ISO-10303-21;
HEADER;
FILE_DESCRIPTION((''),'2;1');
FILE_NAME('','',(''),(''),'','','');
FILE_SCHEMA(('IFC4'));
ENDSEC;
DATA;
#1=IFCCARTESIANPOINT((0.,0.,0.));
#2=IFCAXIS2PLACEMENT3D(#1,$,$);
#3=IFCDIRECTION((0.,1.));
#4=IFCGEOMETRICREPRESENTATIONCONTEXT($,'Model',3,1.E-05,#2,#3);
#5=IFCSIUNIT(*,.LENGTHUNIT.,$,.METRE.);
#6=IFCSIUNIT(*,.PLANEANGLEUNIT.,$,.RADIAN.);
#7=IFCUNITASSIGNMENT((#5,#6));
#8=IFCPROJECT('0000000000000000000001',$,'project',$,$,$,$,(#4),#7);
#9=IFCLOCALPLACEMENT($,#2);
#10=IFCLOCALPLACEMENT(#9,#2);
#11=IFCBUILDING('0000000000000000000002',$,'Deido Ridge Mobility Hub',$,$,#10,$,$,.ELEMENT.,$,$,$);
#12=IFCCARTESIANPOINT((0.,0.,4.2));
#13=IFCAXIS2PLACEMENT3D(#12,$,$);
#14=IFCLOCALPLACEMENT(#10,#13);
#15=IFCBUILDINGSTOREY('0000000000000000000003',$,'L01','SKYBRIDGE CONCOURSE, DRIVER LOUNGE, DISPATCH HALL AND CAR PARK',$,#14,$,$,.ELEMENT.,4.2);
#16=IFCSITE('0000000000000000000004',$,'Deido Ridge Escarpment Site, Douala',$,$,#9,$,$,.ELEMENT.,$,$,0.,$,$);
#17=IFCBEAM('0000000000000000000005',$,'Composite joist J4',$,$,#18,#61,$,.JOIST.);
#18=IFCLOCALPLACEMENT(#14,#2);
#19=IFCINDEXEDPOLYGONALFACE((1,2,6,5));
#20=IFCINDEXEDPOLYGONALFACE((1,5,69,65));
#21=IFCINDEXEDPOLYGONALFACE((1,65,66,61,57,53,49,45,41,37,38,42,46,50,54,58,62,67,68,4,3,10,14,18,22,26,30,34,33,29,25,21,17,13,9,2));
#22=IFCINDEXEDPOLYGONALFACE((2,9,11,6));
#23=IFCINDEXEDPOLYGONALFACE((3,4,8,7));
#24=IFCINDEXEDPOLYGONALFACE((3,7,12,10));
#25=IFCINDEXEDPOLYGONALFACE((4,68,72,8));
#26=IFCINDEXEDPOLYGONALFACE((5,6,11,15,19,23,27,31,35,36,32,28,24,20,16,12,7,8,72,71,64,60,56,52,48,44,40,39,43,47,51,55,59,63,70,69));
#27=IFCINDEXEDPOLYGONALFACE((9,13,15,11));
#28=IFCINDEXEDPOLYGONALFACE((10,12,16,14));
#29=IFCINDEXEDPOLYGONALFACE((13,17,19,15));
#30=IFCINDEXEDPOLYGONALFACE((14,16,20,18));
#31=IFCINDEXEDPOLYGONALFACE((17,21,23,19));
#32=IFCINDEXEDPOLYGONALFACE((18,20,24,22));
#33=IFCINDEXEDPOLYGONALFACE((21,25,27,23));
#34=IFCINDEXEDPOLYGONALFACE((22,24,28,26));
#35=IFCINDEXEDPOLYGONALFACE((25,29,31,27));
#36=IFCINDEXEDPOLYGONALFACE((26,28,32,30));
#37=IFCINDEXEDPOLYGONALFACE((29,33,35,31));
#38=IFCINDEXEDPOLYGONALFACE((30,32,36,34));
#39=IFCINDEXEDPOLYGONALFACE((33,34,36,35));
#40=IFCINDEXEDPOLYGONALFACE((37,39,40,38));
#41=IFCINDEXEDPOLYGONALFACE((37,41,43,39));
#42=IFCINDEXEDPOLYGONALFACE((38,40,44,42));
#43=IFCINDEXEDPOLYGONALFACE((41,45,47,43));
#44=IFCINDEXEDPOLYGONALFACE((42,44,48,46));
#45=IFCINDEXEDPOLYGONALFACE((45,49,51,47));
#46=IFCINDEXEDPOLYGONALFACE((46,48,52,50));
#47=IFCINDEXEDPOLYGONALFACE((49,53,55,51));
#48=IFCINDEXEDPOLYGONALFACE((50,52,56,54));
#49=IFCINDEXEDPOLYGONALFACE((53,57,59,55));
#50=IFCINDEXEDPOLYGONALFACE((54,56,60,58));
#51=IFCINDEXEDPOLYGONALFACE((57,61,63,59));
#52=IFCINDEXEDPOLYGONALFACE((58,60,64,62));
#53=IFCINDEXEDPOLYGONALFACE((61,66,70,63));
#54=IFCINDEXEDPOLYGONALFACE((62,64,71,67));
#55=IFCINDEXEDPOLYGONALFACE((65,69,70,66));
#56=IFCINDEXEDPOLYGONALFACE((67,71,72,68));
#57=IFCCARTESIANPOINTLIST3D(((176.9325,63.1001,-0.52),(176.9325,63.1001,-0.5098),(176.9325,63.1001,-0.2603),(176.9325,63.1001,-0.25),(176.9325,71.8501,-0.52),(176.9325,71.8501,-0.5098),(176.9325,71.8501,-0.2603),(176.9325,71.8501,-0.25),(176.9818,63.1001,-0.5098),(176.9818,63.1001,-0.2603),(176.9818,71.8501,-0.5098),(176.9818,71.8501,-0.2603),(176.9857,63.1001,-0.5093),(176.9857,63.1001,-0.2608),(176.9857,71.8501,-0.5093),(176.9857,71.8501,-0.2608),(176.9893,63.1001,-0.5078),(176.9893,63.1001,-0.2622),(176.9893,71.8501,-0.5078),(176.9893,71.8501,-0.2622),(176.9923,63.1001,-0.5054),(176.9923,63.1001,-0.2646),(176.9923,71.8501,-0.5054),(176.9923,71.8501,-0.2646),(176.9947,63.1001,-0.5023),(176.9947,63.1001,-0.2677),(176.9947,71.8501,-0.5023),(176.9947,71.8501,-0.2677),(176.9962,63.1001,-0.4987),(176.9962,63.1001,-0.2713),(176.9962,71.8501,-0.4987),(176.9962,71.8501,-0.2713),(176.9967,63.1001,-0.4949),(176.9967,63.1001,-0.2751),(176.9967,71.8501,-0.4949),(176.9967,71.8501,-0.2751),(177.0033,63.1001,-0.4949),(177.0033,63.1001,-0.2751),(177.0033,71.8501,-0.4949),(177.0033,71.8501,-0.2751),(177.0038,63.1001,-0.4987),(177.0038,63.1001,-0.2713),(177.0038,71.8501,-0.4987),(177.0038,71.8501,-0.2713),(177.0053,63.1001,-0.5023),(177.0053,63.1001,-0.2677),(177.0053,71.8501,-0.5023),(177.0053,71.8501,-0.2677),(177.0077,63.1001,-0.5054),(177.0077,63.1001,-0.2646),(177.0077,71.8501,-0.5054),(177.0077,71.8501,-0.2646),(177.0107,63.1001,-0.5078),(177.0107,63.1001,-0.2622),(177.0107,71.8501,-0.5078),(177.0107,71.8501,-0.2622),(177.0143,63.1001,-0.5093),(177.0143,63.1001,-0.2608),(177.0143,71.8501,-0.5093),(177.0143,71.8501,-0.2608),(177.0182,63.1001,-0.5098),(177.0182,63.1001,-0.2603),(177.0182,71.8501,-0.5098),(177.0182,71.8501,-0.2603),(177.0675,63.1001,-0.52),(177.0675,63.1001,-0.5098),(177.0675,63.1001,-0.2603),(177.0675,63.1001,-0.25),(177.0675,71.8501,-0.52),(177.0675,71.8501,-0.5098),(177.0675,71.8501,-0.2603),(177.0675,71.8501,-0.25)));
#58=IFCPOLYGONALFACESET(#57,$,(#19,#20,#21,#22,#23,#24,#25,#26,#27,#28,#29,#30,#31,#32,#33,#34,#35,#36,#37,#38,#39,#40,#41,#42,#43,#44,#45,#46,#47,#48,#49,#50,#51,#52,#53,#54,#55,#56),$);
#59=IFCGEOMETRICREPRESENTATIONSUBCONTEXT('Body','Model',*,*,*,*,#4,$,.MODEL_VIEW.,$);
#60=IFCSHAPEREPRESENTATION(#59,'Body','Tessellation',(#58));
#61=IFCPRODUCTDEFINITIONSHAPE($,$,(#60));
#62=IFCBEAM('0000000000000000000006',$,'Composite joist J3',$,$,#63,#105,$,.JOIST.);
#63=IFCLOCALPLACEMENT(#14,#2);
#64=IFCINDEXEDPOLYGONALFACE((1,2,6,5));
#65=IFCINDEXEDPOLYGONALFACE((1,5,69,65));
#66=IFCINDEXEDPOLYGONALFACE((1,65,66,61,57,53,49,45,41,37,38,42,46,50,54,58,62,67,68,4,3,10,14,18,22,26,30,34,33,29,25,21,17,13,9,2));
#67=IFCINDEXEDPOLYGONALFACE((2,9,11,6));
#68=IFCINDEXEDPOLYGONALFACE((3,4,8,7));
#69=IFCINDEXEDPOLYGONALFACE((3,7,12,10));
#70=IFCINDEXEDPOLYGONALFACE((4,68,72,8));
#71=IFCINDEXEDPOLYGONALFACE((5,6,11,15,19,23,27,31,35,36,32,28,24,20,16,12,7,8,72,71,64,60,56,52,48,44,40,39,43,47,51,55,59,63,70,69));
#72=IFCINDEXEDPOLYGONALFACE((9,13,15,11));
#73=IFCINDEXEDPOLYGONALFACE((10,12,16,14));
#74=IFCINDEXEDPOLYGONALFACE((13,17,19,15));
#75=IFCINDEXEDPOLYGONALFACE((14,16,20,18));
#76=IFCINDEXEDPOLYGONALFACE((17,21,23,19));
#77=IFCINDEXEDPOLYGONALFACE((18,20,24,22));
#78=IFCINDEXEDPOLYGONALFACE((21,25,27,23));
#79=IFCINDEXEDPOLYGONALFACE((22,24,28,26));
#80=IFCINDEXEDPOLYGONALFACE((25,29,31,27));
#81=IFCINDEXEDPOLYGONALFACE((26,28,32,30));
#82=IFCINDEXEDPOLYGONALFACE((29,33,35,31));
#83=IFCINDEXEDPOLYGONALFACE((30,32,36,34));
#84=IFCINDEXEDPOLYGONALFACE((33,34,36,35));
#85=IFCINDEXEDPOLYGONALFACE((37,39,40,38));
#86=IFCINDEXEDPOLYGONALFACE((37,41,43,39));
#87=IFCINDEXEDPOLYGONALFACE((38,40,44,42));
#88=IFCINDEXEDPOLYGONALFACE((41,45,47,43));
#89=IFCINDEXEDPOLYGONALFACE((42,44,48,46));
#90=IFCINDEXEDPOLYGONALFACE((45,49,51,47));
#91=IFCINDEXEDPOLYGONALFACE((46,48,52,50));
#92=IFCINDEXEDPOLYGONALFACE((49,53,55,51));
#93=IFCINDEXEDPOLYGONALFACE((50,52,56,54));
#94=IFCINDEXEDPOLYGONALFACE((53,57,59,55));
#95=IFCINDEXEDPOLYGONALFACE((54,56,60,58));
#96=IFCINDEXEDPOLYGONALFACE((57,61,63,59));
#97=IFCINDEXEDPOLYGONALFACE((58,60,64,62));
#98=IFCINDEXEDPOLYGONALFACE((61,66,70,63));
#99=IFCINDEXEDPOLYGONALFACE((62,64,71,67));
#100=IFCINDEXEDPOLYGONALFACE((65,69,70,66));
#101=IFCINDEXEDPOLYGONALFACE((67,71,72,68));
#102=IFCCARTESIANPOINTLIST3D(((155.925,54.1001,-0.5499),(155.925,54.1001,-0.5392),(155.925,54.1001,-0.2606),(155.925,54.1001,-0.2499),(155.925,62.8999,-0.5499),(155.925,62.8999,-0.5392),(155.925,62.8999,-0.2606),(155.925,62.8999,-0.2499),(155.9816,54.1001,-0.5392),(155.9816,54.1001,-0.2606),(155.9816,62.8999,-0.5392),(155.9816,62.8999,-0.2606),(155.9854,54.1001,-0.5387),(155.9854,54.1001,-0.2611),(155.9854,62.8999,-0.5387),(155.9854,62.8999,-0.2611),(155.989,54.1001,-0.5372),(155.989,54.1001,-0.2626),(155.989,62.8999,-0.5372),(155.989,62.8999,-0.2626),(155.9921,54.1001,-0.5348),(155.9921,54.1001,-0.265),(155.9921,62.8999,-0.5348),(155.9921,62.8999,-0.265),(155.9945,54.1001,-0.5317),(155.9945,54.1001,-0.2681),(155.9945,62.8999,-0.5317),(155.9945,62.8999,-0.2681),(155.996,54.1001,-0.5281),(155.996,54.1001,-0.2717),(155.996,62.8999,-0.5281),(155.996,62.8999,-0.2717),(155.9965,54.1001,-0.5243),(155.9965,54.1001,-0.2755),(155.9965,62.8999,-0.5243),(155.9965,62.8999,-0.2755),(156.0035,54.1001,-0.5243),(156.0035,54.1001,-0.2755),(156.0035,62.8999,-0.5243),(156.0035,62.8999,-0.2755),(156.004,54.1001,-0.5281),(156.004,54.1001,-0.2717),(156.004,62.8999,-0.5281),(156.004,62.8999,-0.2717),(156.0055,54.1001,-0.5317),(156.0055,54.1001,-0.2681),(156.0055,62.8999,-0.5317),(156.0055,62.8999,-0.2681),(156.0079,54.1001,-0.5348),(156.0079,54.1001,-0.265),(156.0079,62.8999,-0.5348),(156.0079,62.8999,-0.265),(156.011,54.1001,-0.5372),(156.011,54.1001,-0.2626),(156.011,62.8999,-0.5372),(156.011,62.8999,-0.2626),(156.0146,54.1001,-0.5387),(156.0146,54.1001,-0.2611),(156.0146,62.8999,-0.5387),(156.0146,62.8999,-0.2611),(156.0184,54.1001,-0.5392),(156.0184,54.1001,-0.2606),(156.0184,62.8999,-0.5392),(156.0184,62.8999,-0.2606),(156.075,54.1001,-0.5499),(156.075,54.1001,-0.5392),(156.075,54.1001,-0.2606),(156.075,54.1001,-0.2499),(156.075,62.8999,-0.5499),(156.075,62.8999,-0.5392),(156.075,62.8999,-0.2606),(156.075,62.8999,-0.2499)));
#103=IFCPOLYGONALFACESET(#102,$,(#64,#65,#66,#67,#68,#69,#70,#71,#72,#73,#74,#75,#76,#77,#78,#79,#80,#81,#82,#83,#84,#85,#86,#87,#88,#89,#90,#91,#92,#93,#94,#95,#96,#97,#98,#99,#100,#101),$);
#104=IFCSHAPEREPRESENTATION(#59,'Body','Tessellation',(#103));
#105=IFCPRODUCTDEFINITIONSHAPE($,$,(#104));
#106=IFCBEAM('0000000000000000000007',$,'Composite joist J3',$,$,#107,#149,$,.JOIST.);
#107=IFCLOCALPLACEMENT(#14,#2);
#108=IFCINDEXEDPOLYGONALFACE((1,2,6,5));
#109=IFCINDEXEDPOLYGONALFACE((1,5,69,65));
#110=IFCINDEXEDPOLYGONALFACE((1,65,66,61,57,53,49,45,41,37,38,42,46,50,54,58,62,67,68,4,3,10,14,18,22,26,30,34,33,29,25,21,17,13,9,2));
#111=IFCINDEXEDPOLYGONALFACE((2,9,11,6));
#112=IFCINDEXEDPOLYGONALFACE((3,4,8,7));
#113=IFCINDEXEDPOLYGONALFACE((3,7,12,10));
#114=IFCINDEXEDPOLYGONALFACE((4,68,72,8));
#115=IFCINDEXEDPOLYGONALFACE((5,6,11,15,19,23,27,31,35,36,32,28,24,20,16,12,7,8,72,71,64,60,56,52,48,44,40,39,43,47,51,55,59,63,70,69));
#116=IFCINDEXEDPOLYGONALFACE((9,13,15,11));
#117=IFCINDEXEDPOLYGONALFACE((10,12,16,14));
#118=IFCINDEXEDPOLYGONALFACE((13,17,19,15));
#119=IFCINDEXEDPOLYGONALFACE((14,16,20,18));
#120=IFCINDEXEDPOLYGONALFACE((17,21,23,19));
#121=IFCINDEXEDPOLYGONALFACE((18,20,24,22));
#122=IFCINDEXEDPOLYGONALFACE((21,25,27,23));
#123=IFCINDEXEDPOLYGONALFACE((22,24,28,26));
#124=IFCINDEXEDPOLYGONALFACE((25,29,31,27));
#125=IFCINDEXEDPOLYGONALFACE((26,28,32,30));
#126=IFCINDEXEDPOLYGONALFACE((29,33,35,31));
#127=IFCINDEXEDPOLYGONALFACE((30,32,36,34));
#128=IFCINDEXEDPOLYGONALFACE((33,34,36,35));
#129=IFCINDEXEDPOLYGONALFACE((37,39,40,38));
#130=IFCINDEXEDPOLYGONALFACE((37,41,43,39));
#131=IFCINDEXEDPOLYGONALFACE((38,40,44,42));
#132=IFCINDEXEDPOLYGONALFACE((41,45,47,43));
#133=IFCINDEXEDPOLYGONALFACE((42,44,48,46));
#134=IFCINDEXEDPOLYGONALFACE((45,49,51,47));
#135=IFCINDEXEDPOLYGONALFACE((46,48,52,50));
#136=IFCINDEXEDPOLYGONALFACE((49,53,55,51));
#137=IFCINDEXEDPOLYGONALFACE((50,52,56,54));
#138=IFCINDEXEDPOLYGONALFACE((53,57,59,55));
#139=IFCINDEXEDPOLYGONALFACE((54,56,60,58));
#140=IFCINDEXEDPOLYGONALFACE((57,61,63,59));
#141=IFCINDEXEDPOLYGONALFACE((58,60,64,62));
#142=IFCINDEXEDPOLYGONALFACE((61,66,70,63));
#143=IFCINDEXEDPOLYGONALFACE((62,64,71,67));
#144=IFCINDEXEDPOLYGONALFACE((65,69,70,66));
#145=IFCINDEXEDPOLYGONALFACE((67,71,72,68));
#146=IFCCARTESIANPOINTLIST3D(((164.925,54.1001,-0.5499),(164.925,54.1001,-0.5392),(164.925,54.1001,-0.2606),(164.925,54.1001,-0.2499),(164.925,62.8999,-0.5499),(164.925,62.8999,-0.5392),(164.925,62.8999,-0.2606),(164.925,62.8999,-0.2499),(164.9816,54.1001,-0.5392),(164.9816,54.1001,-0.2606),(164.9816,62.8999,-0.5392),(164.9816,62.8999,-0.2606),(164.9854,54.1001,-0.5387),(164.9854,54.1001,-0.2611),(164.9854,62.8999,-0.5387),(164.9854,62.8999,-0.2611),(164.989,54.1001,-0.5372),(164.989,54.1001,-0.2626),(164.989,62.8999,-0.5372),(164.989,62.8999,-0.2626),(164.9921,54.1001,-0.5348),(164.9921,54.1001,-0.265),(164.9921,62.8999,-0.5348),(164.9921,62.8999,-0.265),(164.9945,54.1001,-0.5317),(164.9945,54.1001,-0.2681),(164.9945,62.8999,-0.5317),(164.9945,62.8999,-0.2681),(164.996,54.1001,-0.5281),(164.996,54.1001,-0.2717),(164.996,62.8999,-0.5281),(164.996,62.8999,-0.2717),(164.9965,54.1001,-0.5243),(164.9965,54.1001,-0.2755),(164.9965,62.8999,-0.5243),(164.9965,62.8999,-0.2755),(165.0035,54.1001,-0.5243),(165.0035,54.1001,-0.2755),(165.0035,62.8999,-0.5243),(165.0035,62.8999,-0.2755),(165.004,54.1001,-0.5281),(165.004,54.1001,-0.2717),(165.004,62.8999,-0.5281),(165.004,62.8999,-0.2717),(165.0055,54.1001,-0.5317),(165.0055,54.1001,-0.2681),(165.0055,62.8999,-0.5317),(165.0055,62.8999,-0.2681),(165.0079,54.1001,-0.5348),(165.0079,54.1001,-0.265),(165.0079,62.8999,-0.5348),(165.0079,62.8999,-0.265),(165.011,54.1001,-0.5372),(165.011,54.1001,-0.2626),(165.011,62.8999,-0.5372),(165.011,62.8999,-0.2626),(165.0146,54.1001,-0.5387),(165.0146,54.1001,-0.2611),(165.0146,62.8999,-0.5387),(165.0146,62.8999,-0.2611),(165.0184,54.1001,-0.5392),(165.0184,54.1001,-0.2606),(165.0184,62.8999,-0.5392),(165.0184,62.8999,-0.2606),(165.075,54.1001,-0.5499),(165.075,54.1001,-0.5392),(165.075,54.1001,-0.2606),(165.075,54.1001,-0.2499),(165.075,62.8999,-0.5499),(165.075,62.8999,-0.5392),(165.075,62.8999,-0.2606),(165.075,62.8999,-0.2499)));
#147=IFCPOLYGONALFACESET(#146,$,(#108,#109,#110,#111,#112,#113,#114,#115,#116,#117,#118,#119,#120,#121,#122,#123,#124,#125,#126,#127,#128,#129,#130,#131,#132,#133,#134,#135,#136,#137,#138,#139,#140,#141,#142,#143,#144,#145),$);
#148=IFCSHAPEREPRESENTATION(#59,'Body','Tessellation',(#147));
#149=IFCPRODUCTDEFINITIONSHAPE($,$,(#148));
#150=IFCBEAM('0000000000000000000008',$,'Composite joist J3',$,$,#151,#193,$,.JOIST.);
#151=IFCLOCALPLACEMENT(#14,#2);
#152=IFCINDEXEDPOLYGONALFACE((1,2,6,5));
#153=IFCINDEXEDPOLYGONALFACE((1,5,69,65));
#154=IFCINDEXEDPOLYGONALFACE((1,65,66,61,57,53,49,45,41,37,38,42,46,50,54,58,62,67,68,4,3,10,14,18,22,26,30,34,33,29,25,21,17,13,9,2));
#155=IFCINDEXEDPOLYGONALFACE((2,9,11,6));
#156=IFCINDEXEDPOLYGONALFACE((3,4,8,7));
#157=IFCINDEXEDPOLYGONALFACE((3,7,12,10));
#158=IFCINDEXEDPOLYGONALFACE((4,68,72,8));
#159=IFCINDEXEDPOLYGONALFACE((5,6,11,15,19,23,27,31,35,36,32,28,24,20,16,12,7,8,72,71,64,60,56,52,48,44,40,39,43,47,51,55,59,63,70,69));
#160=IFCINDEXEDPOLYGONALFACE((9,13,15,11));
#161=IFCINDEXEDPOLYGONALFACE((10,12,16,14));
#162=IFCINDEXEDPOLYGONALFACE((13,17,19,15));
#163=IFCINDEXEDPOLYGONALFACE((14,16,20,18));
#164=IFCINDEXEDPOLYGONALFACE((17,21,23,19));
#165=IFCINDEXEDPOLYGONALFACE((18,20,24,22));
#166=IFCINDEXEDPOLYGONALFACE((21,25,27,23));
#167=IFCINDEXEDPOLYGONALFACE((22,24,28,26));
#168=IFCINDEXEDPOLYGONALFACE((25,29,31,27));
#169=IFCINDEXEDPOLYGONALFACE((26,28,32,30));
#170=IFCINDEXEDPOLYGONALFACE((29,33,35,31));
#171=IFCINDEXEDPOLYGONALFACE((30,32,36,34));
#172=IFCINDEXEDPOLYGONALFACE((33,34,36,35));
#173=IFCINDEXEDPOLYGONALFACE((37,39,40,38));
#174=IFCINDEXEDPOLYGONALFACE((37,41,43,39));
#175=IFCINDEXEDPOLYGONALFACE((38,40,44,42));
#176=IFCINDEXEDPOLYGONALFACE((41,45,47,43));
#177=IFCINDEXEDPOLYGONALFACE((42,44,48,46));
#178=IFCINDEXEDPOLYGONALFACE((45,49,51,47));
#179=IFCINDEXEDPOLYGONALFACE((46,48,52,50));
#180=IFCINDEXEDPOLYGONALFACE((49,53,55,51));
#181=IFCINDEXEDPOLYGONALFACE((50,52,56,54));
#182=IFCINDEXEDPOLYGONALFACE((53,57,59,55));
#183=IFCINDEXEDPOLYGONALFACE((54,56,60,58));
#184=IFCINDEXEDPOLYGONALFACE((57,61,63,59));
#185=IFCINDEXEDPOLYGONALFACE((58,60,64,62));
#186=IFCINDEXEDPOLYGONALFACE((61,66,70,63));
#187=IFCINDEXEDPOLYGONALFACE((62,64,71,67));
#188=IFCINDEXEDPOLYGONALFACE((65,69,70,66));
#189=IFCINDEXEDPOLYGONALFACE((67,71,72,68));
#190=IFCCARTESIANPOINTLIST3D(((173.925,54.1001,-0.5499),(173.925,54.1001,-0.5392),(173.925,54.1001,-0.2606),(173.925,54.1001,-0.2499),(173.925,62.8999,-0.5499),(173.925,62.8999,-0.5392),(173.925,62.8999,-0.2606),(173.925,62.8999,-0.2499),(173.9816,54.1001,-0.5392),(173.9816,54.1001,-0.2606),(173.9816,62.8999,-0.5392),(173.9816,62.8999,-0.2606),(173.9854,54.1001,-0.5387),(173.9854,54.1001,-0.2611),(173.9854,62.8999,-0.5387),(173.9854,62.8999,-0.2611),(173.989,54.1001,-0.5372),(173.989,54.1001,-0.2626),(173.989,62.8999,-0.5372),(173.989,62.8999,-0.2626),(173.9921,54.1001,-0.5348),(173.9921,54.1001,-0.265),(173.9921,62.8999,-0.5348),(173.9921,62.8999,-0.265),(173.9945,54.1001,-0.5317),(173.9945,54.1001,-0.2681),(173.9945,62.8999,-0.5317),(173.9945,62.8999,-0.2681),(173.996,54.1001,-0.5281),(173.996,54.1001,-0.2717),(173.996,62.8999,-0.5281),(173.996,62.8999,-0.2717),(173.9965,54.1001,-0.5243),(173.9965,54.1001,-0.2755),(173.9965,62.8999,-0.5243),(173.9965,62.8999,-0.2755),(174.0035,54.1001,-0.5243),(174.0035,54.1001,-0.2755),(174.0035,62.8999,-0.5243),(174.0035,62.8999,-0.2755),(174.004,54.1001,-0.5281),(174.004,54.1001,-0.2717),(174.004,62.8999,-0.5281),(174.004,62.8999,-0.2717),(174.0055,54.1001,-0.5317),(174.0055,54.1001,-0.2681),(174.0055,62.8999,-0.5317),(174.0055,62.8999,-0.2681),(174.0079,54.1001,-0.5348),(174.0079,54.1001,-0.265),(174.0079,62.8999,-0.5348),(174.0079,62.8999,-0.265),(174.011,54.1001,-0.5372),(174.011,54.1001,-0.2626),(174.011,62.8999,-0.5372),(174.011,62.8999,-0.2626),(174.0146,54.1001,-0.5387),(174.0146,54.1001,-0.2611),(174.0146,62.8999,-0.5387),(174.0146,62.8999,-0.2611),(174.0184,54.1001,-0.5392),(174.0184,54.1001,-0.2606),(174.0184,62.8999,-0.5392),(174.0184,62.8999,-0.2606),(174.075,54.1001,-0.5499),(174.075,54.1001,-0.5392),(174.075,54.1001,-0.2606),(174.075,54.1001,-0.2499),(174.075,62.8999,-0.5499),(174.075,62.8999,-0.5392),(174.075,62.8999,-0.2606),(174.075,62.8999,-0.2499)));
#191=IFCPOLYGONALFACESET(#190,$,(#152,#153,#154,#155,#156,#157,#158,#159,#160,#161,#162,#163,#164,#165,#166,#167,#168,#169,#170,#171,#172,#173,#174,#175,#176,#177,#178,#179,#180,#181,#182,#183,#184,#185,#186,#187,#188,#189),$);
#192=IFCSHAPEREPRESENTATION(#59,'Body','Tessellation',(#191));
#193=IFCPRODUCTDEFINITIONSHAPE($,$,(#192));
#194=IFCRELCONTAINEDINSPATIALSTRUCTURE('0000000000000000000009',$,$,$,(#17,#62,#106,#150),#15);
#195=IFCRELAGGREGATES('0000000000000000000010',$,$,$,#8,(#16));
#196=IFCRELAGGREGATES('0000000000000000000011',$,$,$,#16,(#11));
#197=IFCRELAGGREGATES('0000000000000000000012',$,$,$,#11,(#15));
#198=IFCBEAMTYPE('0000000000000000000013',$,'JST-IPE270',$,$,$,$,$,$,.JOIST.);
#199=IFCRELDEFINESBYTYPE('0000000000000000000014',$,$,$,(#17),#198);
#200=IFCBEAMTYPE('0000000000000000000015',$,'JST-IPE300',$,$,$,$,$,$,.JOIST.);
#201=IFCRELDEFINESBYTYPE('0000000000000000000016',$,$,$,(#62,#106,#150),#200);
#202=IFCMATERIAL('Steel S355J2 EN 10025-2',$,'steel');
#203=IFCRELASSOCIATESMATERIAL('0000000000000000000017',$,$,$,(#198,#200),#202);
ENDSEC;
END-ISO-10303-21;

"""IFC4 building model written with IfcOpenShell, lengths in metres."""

from ifc_helpers import new_model, si_unit, direction, frame, origin, origin_2d, place, context, subcontext, project, spatial, i_section, extrude, material, material_profile, profile_set, type_object, element, save


model = new_model("IFC4")

# Units and contexts
model_context = context("Model", 3, precision=1e-05, world=origin(), true_north=direction((0.0, 1.0)))
body_context = subcontext(model_context, "Body", "Model", "MODEL_VIEW")
ifc_project = project(units=[si_unit("LENGTHUNIT", "METRE"), si_unit("PLANEANGLEUNIT", "RADIAN")], contexts=[model_context])

# Site, building, storey
site_placement = place(None, origin())
site = spatial("IfcSite", under=ifc_project, at=site_placement, Name="Deido Ridge Escarpment Site, Douala", CompositionType="ELEMENT", RefElevation=0.0)
building_placement = place(site_placement, origin())
building = spatial("IfcBuilding", under=site, at=building_placement, Name="Deido Ridge Mobility Hub", CompositionType="ELEMENT")
storey_placement = place(building_placement, frame((0.0, 0.0, 4.2)))
storey = spatial("IfcBuildingStorey", under=building, at=storey_placement, Name="L01", Description="SKYBRIDGE CONCOURSE, DRIVER LOUNGE, DISPATCH HALL AND CAR PARK", CompositionType="ELEMENT", Elevation=4.2)

# Shared definitions
ifc_material_1 = material(Name="Steel S355J2 EN 10025-2", Category="steel")

# Beams
ifc_material_profile_1 = material_profile(ifc_material_1, i_section(OverallWidth=0.135, OverallDepth=0.27, WebThickness=0.0066, FlangeThickness=0.0103, FilletRadius=0.0149, at=origin_2d()), Name="IPE 270")
ifc_profile_set_1 = profile_set([ifc_material_profile_1], Name="Steel S355J2 EN 10025-2")
beam_type_1 = type_object("IfcBeamType", Name="JST-IPE270", PredefinedType="JOIST", material=ifc_profile_set_1)
for number, where, z_axis, x_axis, name in (
    (1, (177.0, 63.1001, -0.385), (0.0, 1.0, 0.0), (-1.0, 0.0, 0.0), "Composite joist J4"),
):
    element("IfcBeam", number, at=place(storey_placement, frame(where, z_axis=z_axis, x_axis=x_axis)), inside=storey, type_object=beam_type_1, Name=name, PredefinedType="JOIST", context=body_context, shape_type="SweptSolid", body=[
        extrude(i_section(OverallWidth=0.135, OverallDepth=0.27, WebThickness=0.0066, FlangeThickness=0.0103, FilletRadius=0.0149, at=origin_2d()), origin(), (0.0, 0.0, 1.0), 8.75),
    ])
ifc_material_profile_2 = material_profile(ifc_material_1, i_section(OverallWidth=0.1499, OverallDepth=0.3, WebThickness=0.0071, FlangeThickness=0.0107, FilletRadius=0.0149, at=origin_2d()), Name="IPE 300")
ifc_profile_set_2 = profile_set([ifc_material_profile_2], Name="Steel S355J2 EN 10025-2")
beam_type_2 = type_object("IfcBeamType", Name="JST-IPE300", PredefinedType="JOIST", material=ifc_profile_set_2)
for number, where, z_axis, x_axis, name in (
    (2, (156.0, 54.1001, -0.3999), (0.0, 1.0, 0.0), (-1.0, 0.0, 0.0), "Composite joist J3"),
    (3, (165.0, 54.1001, -0.3999), (0.0, 1.0, 0.0), (-1.0, 0.0, 0.0), "Composite joist J3"),
    (4, (174.0, 54.1001, -0.3999), (0.0, 1.0, 0.0), (-1.0, 0.0, 0.0), "Composite joist J3"),
):
    element("IfcBeam", number, at=place(storey_placement, frame(where, z_axis=z_axis, x_axis=x_axis)), inside=storey, type_object=beam_type_2, Name=name, PredefinedType="JOIST", context=body_context, shape_type="SweptSolid", body=[
        extrude(i_section(OverallWidth=0.1499, OverallDepth=0.3, WebThickness=0.0071, FlangeThickness=0.0107, FilletRadius=0.0149, at=origin_2d()), origin(), (0.0, 0.0, 1.0), 8.7998),
    ])

save(model, "model.ifc")
